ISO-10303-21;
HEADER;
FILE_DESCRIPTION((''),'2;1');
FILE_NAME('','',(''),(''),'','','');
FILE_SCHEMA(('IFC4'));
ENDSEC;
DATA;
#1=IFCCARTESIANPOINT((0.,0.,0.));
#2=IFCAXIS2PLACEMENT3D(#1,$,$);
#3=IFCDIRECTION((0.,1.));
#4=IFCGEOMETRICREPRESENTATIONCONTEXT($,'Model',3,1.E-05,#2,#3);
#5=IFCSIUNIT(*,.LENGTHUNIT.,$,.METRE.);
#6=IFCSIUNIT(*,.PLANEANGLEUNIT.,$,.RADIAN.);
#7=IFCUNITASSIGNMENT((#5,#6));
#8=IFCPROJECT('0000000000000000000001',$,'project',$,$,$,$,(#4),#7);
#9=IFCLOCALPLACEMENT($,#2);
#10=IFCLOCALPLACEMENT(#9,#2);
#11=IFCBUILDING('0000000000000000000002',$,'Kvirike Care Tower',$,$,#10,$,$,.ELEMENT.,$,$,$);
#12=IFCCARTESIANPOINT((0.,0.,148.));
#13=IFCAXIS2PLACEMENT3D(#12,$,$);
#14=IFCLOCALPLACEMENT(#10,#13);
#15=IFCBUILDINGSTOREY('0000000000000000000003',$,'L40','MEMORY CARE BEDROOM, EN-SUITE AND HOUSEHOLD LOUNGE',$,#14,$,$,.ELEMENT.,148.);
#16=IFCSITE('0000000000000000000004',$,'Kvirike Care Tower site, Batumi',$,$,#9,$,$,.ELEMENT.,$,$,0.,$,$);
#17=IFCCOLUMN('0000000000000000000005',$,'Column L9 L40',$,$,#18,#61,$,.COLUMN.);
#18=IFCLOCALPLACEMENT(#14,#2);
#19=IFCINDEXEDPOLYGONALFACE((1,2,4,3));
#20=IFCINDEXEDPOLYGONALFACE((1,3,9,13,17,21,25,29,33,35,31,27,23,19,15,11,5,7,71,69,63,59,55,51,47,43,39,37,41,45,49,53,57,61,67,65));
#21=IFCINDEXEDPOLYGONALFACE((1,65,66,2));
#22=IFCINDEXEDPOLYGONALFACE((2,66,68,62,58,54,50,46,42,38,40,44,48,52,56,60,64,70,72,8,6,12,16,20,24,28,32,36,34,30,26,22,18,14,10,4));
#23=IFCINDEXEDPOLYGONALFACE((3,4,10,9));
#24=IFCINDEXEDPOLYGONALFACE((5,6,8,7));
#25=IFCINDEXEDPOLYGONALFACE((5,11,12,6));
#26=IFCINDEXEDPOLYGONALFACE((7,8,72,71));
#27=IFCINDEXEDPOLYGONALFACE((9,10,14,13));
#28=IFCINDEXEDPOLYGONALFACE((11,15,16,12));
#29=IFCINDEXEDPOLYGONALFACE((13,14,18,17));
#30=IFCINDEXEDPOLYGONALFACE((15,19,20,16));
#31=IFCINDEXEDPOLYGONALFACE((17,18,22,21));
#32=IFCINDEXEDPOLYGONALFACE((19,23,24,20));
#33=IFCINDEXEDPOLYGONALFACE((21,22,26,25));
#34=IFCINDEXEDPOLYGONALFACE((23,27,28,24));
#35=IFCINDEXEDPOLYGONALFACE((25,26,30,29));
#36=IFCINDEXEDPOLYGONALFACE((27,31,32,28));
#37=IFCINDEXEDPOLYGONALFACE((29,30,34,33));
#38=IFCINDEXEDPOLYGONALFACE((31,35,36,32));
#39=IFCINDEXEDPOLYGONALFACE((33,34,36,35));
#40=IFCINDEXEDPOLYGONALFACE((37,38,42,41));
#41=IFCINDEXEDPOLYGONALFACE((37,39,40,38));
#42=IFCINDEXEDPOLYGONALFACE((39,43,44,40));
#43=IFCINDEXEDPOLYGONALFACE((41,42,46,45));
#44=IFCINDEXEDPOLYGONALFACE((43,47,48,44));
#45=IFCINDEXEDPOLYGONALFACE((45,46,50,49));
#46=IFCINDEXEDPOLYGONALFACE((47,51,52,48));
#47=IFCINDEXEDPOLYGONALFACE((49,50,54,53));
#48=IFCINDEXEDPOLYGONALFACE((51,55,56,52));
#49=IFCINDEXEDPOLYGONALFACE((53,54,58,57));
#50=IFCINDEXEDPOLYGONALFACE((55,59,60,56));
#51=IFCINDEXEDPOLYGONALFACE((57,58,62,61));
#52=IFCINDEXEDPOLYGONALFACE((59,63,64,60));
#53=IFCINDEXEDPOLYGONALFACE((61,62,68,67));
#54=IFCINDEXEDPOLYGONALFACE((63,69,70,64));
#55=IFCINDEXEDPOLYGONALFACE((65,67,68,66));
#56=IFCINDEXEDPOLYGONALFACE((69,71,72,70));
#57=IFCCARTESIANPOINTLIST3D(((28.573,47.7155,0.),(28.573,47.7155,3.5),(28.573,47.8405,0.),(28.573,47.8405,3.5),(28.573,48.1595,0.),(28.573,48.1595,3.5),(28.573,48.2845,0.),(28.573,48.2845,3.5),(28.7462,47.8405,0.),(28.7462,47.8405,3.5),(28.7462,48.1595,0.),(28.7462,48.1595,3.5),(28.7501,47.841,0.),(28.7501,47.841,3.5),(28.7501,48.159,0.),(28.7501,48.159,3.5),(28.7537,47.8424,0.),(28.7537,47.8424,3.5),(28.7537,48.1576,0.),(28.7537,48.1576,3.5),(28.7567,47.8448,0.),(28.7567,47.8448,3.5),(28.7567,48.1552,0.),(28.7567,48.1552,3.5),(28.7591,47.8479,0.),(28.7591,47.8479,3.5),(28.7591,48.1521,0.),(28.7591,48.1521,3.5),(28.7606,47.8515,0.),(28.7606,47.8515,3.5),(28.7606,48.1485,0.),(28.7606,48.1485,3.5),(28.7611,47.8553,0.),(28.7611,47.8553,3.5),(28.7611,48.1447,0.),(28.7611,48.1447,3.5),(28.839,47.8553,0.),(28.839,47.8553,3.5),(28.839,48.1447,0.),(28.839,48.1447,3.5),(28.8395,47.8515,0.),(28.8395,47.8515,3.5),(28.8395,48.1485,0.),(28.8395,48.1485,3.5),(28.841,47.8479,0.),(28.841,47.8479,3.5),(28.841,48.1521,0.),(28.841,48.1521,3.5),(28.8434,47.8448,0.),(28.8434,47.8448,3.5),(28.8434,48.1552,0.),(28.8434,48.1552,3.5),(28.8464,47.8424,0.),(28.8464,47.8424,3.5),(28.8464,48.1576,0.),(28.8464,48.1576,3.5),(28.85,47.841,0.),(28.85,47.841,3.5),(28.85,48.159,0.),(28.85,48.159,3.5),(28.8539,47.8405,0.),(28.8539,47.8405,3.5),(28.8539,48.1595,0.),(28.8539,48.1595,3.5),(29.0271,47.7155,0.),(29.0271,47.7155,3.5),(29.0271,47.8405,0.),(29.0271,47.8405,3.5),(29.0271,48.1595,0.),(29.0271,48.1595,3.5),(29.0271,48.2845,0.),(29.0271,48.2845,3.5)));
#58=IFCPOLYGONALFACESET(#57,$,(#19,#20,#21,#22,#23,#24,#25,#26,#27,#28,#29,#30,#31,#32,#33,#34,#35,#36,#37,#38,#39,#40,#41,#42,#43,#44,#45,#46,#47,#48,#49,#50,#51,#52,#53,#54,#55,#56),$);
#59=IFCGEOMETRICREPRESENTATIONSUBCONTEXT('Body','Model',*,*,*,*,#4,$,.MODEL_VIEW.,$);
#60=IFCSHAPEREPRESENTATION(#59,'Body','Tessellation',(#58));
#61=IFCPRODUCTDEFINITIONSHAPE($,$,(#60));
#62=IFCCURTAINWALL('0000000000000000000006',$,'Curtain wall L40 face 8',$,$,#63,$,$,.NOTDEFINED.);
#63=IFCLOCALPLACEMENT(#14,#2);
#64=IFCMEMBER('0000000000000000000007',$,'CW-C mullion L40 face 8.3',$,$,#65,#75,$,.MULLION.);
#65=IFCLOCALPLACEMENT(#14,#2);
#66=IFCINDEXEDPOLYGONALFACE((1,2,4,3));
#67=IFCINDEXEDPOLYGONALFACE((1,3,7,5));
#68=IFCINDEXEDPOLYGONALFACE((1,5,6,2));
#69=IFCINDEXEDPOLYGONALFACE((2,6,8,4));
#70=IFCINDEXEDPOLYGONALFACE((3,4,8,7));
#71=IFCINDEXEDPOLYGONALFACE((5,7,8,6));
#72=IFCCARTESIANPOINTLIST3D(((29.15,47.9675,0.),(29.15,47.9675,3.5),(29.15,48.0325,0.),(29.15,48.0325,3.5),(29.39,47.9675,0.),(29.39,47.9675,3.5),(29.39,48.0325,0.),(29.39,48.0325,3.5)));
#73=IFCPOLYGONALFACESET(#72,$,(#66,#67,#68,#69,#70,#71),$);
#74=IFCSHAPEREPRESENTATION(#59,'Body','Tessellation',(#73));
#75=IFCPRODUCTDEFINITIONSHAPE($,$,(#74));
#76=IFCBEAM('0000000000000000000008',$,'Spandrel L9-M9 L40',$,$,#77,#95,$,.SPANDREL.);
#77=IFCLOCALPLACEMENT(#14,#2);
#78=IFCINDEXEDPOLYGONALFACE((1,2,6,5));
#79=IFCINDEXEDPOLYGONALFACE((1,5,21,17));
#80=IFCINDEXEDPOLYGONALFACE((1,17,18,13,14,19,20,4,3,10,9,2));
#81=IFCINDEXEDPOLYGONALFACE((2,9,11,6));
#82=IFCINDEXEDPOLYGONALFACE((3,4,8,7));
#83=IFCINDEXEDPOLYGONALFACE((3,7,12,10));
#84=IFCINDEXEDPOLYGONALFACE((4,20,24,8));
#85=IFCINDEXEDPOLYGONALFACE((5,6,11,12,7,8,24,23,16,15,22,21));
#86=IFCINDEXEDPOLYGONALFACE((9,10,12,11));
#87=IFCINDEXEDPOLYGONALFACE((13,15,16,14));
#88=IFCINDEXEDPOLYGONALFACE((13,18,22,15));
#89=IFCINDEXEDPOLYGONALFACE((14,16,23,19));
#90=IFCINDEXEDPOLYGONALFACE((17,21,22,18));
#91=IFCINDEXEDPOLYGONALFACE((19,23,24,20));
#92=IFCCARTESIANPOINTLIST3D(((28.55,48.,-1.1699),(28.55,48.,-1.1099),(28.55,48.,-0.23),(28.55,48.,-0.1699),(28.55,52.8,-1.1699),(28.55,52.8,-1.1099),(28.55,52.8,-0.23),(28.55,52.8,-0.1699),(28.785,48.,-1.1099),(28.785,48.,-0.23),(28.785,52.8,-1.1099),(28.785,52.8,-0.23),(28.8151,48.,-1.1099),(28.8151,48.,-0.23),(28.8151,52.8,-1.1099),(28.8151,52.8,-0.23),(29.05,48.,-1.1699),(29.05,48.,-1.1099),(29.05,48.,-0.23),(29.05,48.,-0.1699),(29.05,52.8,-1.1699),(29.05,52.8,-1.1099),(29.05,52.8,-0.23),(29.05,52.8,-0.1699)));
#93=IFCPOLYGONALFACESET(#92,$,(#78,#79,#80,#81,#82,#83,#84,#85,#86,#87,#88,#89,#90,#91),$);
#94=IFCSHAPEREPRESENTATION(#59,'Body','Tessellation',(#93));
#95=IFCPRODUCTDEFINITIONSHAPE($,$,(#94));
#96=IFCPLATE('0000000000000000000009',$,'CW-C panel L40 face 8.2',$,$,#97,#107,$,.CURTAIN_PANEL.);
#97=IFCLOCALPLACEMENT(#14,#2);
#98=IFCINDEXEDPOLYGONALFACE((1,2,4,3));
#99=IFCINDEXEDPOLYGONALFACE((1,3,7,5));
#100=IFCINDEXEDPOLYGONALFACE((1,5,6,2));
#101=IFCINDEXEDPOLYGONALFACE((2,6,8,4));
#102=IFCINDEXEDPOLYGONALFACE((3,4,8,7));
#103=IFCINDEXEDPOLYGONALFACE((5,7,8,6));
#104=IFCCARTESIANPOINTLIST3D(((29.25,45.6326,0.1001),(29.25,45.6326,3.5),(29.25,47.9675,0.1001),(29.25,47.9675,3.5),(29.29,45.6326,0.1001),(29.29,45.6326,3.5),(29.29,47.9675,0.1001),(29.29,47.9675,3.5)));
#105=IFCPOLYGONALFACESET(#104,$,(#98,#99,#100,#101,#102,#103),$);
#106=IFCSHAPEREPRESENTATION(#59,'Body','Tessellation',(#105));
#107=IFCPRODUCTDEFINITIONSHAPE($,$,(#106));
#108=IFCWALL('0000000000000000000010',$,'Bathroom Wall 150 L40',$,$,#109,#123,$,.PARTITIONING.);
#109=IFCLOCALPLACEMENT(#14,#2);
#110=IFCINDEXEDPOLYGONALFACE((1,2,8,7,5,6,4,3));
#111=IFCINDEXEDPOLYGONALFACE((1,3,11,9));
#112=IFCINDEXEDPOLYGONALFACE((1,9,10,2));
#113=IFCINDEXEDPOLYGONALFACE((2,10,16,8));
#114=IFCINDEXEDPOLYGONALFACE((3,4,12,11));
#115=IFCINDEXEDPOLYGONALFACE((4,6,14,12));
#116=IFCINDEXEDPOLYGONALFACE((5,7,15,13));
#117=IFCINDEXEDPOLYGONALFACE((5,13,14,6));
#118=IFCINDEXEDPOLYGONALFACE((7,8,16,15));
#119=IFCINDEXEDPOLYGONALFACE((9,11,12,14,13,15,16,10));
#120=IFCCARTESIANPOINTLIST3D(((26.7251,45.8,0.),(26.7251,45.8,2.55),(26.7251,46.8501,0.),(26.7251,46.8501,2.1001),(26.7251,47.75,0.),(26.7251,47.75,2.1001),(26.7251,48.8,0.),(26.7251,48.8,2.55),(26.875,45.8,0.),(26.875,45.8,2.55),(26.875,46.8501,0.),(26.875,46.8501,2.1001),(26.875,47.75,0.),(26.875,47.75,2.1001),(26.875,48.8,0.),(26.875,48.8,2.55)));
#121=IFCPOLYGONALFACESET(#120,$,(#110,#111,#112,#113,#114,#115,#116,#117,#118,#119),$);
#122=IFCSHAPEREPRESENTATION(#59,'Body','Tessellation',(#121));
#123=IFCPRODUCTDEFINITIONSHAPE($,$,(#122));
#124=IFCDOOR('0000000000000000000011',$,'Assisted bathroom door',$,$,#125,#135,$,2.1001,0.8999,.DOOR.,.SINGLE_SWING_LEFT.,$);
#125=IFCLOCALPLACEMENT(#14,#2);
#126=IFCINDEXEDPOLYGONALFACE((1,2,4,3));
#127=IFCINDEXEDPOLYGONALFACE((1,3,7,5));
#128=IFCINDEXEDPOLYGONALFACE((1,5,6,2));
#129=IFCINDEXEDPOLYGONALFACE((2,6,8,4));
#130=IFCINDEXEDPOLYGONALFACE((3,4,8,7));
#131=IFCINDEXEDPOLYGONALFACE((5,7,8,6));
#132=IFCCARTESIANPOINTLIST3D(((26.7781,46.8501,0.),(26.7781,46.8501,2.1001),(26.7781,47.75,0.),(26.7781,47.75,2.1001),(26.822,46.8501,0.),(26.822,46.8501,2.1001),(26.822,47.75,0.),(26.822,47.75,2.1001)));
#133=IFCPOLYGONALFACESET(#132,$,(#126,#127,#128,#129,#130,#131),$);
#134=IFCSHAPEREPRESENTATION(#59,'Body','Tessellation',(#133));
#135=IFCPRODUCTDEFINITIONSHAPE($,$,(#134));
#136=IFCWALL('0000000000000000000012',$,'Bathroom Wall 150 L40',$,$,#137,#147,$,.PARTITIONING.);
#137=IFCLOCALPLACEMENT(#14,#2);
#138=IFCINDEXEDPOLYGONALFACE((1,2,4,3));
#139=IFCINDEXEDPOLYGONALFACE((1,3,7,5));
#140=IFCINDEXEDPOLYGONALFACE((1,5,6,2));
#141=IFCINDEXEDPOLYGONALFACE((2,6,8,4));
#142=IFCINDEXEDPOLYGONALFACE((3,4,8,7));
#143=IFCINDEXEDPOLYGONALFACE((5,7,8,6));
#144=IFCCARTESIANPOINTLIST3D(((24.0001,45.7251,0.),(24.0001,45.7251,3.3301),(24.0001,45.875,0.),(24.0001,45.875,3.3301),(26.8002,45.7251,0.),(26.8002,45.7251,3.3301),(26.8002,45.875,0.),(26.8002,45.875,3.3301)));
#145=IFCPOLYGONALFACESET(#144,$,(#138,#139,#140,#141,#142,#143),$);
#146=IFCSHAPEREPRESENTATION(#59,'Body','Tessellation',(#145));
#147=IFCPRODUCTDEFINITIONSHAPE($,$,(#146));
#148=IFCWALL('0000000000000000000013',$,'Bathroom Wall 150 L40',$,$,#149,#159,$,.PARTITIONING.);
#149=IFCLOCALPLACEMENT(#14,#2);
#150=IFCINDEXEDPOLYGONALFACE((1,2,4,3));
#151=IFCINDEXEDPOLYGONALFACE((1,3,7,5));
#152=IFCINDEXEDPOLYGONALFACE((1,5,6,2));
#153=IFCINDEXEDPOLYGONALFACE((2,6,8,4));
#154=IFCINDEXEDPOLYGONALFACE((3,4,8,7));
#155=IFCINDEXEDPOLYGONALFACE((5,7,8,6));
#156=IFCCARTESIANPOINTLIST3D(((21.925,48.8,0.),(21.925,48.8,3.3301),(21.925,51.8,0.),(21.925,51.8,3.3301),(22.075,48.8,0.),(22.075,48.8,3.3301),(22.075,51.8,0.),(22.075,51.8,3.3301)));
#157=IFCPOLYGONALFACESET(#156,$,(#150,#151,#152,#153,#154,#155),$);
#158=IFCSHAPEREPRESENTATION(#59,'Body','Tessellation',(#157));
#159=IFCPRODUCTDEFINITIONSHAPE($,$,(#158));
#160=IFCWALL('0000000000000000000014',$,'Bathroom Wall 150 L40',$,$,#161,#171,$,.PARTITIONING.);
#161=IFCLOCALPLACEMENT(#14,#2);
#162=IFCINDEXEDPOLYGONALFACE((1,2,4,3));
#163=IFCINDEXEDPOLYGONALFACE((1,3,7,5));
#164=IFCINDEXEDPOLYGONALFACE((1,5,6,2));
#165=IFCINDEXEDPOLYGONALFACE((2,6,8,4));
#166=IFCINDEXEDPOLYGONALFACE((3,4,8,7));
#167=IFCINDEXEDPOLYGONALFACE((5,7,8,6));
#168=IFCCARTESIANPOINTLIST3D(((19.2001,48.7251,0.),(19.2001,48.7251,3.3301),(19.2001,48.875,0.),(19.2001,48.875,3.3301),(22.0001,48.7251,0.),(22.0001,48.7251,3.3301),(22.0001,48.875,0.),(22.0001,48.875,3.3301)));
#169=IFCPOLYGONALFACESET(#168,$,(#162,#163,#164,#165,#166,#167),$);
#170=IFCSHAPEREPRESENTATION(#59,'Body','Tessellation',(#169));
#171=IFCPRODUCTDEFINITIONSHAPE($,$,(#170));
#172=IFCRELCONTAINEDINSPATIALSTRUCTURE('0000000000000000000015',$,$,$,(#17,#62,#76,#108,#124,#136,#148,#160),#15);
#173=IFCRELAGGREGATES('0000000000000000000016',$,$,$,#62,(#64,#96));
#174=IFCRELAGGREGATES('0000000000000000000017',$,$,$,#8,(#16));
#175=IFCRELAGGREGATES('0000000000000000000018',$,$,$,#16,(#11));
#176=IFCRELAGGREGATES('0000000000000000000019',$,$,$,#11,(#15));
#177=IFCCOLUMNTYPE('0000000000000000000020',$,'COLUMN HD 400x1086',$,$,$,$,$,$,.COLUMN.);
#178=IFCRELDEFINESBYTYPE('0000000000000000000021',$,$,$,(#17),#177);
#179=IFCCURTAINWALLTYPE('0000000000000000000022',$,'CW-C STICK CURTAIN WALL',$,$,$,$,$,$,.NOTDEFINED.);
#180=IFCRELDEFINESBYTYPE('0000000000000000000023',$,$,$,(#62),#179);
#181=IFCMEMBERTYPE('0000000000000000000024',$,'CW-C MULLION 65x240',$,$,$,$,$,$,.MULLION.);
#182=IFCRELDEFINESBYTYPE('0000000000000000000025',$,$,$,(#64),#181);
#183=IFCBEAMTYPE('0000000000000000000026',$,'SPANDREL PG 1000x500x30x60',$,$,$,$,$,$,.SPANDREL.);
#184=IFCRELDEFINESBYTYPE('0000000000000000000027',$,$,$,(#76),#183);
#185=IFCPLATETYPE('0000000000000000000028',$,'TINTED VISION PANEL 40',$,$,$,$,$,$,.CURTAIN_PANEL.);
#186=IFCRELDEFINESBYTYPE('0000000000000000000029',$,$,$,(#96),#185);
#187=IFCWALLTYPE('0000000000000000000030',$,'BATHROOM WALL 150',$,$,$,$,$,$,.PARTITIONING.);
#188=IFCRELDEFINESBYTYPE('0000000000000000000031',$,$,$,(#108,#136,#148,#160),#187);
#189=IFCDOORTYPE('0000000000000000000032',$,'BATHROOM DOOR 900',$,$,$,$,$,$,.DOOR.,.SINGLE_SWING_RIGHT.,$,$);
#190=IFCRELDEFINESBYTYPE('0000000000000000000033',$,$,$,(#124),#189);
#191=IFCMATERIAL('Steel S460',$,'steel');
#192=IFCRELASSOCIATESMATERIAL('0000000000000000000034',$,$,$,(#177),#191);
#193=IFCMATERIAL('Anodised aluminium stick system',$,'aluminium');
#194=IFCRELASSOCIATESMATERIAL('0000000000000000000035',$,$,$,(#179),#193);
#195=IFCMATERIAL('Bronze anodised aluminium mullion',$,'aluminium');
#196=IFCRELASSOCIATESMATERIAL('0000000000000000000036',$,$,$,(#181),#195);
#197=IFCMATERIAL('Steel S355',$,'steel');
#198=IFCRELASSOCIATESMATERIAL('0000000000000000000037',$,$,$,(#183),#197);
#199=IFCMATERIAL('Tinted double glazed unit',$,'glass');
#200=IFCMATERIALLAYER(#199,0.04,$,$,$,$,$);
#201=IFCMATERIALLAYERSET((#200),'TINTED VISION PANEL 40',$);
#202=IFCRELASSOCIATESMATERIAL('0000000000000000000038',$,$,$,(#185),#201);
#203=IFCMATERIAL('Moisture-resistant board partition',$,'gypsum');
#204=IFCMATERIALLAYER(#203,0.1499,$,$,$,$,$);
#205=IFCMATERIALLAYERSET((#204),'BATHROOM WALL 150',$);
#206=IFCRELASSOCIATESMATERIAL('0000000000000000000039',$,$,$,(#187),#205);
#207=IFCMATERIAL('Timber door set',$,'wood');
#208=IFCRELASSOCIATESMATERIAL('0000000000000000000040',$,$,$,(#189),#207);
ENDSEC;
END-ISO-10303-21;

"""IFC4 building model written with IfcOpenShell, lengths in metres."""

from ifc_helpers import new_model, si_unit, direction, frame, frame_2d, origin, origin_2d, place, context, subcontext, project, spatial, rectangle, i_section, extrude, material, layer, layer_set, material_profile, profile_set, type_object, element, fill, aggregate, save


model = new_model("IFC4")

# Units and contexts
model_context = context("Model", 3, precision=1e-05, world=origin(), true_north=direction((0.0, 1.0)))
body_context = subcontext(model_context, "Body", "Model", "MODEL_VIEW")
ifc_project = project(units=[si_unit("LENGTHUNIT", "METRE"), si_unit("PLANEANGLEUNIT", "RADIAN")], contexts=[model_context])

# Site, building, storey
site_placement = place(None, origin())
site = spatial("IfcSite", under=ifc_project, at=site_placement, Name="Kvirike Care Tower site, Batumi", CompositionType="ELEMENT", RefElevation=0.0)
building_placement = place(site_placement, origin())
building = spatial("IfcBuilding", under=site, at=building_placement, Name="Kvirike Care Tower", CompositionType="ELEMENT")
storey_placement = place(building_placement, frame((0.0, 0.0, 148.0)))
storey = spatial("IfcBuildingStorey", under=building, at=storey_placement, Name="L40", Description="MEMORY CARE BEDROOM, EN-SUITE AND HOUSEHOLD LOUNGE", CompositionType="ELEMENT", Elevation=148.0)

# Column
ifc_material_1 = material(Name="Steel S460", Category="steel")
ifc_material_profile_1 = material_profile(ifc_material_1, i_section(OverallWidth=0.4541, OverallDepth=0.5691, WebThickness=0.0779, FlangeThickness=0.125, FilletRadius=0.0149, at=origin_2d()), Name="HD 400x1086")
ifc_profile_set_1 = profile_set([ifc_material_profile_1], Name="Steel S460")
column_type = type_object("IfcColumnType", Name="COLUMN HD 400x1086", PredefinedType="COLUMN", material=ifc_profile_set_1)
column_placement = place(storey_placement, frame((28.8, 48.0, 0.0), z_axis=(0.0, 0.0, 1.0), x_axis=(1.0, 0.0, 0.0)))
element("IfcColumn", 1, at=column_placement, inside=storey, type_object=column_type, Name="Column L9 L40", PredefinedType="COLUMN", context=body_context, shape_type="SweptSolid", body=[
    extrude(i_section(OverallWidth=0.4541, OverallDepth=0.5691, WebThickness=0.0779, FlangeThickness=0.125, FilletRadius=0.0149, at=origin_2d()), origin(), (0.0, 0.0, 1.0), 3.5),
])

# Curtain wall, member
ifc_material_2 = material(Name="Anodised aluminium stick system", Category="aluminium")
curtain_wall_type = type_object("IfcCurtainWallType", Name="CW-C STICK CURTAIN WALL", PredefinedType="NOTDEFINED", material=ifc_material_2)
curtain_wall_placement = place(storey_placement, origin())
curtain_wall = element("IfcCurtainWall", 2, at=curtain_wall_placement, inside=storey, type_object=curtain_wall_type, Name="Curtain wall L40 face 8", PredefinedType="NOTDEFINED")
ifc_material_3 = material(Name="Bronze anodised aluminium mullion", Category="aluminium")
ifc_material_profile_2 = material_profile(ifc_material_3, rectangle(XDim=0.0649, YDim=0.24, at=origin_2d()), Name="CW-C MULLION 65x240")
ifc_profile_set_2 = profile_set([ifc_material_profile_2], Name="Bronze anodised aluminium mullion")
member_type = type_object("IfcMemberType", Name="CW-C MULLION 65x240", PredefinedType="MULLION", material=ifc_profile_set_2)
member_placement = place(storey_placement, frame((29.27, 48.0, 0.0), z_axis=(0.0, 0.0, 1.0), x_axis=(0.0, 1.0, 0.0)))
member = element("IfcMember", 3, at=member_placement, type_object=member_type, Name="CW-C mullion L40 face 8.3", PredefinedType="MULLION", context=body_context, shape_type="SweptSolid", body=[
    extrude(rectangle(XDim=0.0649, YDim=0.24, at=origin_2d()), origin(), (0.0, 0.0, 1.0), 3.5),
])

# Beam
ifc_material_4 = material(Name="Steel S355", Category="steel")
ifc_material_profile_3 = material_profile(ifc_material_4, i_section(OverallWidth=0.5, OverallDepth=1.0, WebThickness=0.03, FlangeThickness=0.0601, at=origin_2d()), Name="PG 1000x500x30x60")
ifc_profile_set_3 = profile_set([ifc_material_profile_3], Name="Steel S355")
beam_type = type_object("IfcBeamType", Name="SPANDREL PG 1000x500x30x60", PredefinedType="SPANDREL", material=ifc_profile_set_3)
beam_placement = place(storey_placement, frame((28.8, 48.0, -0.6699), z_axis=(0.0, 1.0, 0.0), x_axis=(-1.0, 0.0, 0.0)))
element("IfcBeam", 4, at=beam_placement, inside=storey, type_object=beam_type, Name="Spandrel L9-M9 L40", PredefinedType="SPANDREL", context=body_context, shape_type="SweptSolid", body=[
    extrude(i_section(OverallWidth=0.5, OverallDepth=1.0, WebThickness=0.03, FlangeThickness=0.0601, at=origin_2d()), origin(), (0.0, 0.0, 1.0), 4.8),
])

# Plate
ifc_material_5 = material(Name="Tinted double glazed unit", Category="glass")
ifc_layer_1 = layer(ifc_material_5, 0.04)
ifc_layer_set_1 = layer_set([ifc_layer_1], Name="TINTED VISION PANEL 40")
plate_type = type_object("IfcPlateType", Name="TINTED VISION PANEL 40", PredefinedType="CURTAIN_PANEL", material=ifc_layer_set_1)
plate_placement = place(storey_placement, frame((29.27, 46.8, 0.1001), z_axis=(0.0, 0.0, 1.0), x_axis=(0.0, 1.0, 0.0)))
plate = element("IfcPlate", 5, at=plate_placement, type_object=plate_type, Name="CW-C panel L40 face 8.2", PredefinedType="CURTAIN_PANEL", context=body_context, shape_type="SweptSolid", body=[
    extrude(rectangle(XDim=2.335, YDim=0.04, at=origin_2d()), origin(), (0.0, 0.0, 1.0), 3.3999),
])
aggregate(curtain_wall, [member, plate])

# Wall, opening, door
ifc_material_6 = material(Name="Moisture-resistant board partition", Category="gypsum")
ifc_layer_2 = layer(ifc_material_6, 0.1499)
ifc_layer_set_2 = layer_set([ifc_layer_2], Name="BATHROOM WALL 150")
wall_type_1 = type_object("IfcWallType", Name="BATHROOM WALL 150", PredefinedType="PARTITIONING", material=ifc_layer_set_2)
wall_1_placement = place(storey_placement, frame((26.8, 48.8, 0.0), z_axis=(0.0, 0.0, 1.0), x_axis=(0.0, -1.0, 0.0)))
wall_1 = element("IfcWall", 6, at=wall_1_placement, inside=storey, type_object=wall_type_1, Name="Bathroom Wall 150 L40", PredefinedType="PARTITIONING", context=body_context, shape_type="SweptSolid", body=[
    extrude(rectangle(XDim=3.0, YDim=0.1499, at=frame_2d((1.5, 0.0))), origin(), (0.0, 0.0, 1.0), 2.55),
])
opening_1_placement = place(wall_1_placement, frame((1.05, 0.0, 0.0)))
opening_1 = element("IfcOpeningElement", 7, at=opening_1_placement, cuts=wall_1, PredefinedType="OPENING", context=body_context, shape_type="SweptSolid", body=[
    extrude(rectangle(XDim=0.8999, YDim=2.1001, at=frame_2d((0.45, 1.05))), frame((0.0, 0.0854, 0.0), z_axis=(0.0, -1.0, 0.0), x_axis=(1.0, 0.0, 0.0)), (0.0, 0.0, 1.0), 0.1709),
])
ifc_material_7 = material(Name="Timber door set", Category="wood")
door_type_1 = type_object("IfcDoorType", Name="BATHROOM DOOR 900", OperationType="SINGLE_SWING_RIGHT", PredefinedType="DOOR", material=ifc_material_7)
door_1_placement = place(opening_1_placement, origin())
door_1 = element("IfcDoor", 8, at=door_1_placement, inside=storey, type_object=door_type_1, Name="Assisted bathroom door", OperationType="SINGLE_SWING_LEFT", OverallHeight=2.1001, OverallWidth=0.8999, PredefinedType="DOOR", context=body_context, shape_type="SweptSolid", body=[
    extrude(rectangle(XDim=0.8999, YDim=2.1001, at=frame_2d((0.45, 1.05))), frame((0.0, 0.022, 0.0), z_axis=(0.0, -1.0, 0.0), x_axis=(1.0, 0.0, 0.0)), (0.0, 0.0, 1.0), 0.0439),
])
fill(opening_1, door_1)

# Walls
wall_2_placement = place(storey_placement, frame((26.8, 45.8, 0.0), z_axis=(0.0, 0.0, 1.0), x_axis=(-1.0, 0.0, 0.0)))
element("IfcWall", 9, at=wall_2_placement, inside=storey, type_object=wall_type_1, Name="Bathroom Wall 150 L40", PredefinedType="PARTITIONING", context=body_context, shape_type="SweptSolid", body=[
    extrude(rectangle(XDim=2.8, YDim=0.1499, at=frame_2d((1.3999, 0.0))), origin(), (0.0, 0.0, 1.0), 3.3301),
])
wall_3_placement = place(storey_placement, frame((22.0, 51.8, 0.0), z_axis=(0.0, 0.0, 1.0), x_axis=(0.0, -1.0, 0.0)))
element("IfcWall", 10, at=wall_3_placement, inside=storey, type_object=wall_type_1, Name="Bathroom Wall 150 L40", PredefinedType="PARTITIONING", context=body_context, shape_type="SweptSolid", body=[
    extrude(rectangle(XDim=3.0, YDim=0.1499, at=frame_2d((1.5, 0.0))), origin(), (0.0, 0.0, 1.0), 3.3301),
])
wall_4_placement = place(storey_placement, frame((22.0, 48.8, 0.0), z_axis=(0.0, 0.0, 1.0), x_axis=(-1.0, 0.0, 0.0)))
element("IfcWall", 11, at=wall_4_placement, inside=storey, type_object=wall_type_1, Name="Bathroom Wall 150 L40", PredefinedType="PARTITIONING", context=body_context, shape_type="SweptSolid", body=[
    extrude(rectangle(XDim=2.8, YDim=0.1499, at=frame_2d((1.3999, 0.0))), origin(), (0.0, 0.0, 1.0), 3.3301),
])

save(model, "model.ifc")
